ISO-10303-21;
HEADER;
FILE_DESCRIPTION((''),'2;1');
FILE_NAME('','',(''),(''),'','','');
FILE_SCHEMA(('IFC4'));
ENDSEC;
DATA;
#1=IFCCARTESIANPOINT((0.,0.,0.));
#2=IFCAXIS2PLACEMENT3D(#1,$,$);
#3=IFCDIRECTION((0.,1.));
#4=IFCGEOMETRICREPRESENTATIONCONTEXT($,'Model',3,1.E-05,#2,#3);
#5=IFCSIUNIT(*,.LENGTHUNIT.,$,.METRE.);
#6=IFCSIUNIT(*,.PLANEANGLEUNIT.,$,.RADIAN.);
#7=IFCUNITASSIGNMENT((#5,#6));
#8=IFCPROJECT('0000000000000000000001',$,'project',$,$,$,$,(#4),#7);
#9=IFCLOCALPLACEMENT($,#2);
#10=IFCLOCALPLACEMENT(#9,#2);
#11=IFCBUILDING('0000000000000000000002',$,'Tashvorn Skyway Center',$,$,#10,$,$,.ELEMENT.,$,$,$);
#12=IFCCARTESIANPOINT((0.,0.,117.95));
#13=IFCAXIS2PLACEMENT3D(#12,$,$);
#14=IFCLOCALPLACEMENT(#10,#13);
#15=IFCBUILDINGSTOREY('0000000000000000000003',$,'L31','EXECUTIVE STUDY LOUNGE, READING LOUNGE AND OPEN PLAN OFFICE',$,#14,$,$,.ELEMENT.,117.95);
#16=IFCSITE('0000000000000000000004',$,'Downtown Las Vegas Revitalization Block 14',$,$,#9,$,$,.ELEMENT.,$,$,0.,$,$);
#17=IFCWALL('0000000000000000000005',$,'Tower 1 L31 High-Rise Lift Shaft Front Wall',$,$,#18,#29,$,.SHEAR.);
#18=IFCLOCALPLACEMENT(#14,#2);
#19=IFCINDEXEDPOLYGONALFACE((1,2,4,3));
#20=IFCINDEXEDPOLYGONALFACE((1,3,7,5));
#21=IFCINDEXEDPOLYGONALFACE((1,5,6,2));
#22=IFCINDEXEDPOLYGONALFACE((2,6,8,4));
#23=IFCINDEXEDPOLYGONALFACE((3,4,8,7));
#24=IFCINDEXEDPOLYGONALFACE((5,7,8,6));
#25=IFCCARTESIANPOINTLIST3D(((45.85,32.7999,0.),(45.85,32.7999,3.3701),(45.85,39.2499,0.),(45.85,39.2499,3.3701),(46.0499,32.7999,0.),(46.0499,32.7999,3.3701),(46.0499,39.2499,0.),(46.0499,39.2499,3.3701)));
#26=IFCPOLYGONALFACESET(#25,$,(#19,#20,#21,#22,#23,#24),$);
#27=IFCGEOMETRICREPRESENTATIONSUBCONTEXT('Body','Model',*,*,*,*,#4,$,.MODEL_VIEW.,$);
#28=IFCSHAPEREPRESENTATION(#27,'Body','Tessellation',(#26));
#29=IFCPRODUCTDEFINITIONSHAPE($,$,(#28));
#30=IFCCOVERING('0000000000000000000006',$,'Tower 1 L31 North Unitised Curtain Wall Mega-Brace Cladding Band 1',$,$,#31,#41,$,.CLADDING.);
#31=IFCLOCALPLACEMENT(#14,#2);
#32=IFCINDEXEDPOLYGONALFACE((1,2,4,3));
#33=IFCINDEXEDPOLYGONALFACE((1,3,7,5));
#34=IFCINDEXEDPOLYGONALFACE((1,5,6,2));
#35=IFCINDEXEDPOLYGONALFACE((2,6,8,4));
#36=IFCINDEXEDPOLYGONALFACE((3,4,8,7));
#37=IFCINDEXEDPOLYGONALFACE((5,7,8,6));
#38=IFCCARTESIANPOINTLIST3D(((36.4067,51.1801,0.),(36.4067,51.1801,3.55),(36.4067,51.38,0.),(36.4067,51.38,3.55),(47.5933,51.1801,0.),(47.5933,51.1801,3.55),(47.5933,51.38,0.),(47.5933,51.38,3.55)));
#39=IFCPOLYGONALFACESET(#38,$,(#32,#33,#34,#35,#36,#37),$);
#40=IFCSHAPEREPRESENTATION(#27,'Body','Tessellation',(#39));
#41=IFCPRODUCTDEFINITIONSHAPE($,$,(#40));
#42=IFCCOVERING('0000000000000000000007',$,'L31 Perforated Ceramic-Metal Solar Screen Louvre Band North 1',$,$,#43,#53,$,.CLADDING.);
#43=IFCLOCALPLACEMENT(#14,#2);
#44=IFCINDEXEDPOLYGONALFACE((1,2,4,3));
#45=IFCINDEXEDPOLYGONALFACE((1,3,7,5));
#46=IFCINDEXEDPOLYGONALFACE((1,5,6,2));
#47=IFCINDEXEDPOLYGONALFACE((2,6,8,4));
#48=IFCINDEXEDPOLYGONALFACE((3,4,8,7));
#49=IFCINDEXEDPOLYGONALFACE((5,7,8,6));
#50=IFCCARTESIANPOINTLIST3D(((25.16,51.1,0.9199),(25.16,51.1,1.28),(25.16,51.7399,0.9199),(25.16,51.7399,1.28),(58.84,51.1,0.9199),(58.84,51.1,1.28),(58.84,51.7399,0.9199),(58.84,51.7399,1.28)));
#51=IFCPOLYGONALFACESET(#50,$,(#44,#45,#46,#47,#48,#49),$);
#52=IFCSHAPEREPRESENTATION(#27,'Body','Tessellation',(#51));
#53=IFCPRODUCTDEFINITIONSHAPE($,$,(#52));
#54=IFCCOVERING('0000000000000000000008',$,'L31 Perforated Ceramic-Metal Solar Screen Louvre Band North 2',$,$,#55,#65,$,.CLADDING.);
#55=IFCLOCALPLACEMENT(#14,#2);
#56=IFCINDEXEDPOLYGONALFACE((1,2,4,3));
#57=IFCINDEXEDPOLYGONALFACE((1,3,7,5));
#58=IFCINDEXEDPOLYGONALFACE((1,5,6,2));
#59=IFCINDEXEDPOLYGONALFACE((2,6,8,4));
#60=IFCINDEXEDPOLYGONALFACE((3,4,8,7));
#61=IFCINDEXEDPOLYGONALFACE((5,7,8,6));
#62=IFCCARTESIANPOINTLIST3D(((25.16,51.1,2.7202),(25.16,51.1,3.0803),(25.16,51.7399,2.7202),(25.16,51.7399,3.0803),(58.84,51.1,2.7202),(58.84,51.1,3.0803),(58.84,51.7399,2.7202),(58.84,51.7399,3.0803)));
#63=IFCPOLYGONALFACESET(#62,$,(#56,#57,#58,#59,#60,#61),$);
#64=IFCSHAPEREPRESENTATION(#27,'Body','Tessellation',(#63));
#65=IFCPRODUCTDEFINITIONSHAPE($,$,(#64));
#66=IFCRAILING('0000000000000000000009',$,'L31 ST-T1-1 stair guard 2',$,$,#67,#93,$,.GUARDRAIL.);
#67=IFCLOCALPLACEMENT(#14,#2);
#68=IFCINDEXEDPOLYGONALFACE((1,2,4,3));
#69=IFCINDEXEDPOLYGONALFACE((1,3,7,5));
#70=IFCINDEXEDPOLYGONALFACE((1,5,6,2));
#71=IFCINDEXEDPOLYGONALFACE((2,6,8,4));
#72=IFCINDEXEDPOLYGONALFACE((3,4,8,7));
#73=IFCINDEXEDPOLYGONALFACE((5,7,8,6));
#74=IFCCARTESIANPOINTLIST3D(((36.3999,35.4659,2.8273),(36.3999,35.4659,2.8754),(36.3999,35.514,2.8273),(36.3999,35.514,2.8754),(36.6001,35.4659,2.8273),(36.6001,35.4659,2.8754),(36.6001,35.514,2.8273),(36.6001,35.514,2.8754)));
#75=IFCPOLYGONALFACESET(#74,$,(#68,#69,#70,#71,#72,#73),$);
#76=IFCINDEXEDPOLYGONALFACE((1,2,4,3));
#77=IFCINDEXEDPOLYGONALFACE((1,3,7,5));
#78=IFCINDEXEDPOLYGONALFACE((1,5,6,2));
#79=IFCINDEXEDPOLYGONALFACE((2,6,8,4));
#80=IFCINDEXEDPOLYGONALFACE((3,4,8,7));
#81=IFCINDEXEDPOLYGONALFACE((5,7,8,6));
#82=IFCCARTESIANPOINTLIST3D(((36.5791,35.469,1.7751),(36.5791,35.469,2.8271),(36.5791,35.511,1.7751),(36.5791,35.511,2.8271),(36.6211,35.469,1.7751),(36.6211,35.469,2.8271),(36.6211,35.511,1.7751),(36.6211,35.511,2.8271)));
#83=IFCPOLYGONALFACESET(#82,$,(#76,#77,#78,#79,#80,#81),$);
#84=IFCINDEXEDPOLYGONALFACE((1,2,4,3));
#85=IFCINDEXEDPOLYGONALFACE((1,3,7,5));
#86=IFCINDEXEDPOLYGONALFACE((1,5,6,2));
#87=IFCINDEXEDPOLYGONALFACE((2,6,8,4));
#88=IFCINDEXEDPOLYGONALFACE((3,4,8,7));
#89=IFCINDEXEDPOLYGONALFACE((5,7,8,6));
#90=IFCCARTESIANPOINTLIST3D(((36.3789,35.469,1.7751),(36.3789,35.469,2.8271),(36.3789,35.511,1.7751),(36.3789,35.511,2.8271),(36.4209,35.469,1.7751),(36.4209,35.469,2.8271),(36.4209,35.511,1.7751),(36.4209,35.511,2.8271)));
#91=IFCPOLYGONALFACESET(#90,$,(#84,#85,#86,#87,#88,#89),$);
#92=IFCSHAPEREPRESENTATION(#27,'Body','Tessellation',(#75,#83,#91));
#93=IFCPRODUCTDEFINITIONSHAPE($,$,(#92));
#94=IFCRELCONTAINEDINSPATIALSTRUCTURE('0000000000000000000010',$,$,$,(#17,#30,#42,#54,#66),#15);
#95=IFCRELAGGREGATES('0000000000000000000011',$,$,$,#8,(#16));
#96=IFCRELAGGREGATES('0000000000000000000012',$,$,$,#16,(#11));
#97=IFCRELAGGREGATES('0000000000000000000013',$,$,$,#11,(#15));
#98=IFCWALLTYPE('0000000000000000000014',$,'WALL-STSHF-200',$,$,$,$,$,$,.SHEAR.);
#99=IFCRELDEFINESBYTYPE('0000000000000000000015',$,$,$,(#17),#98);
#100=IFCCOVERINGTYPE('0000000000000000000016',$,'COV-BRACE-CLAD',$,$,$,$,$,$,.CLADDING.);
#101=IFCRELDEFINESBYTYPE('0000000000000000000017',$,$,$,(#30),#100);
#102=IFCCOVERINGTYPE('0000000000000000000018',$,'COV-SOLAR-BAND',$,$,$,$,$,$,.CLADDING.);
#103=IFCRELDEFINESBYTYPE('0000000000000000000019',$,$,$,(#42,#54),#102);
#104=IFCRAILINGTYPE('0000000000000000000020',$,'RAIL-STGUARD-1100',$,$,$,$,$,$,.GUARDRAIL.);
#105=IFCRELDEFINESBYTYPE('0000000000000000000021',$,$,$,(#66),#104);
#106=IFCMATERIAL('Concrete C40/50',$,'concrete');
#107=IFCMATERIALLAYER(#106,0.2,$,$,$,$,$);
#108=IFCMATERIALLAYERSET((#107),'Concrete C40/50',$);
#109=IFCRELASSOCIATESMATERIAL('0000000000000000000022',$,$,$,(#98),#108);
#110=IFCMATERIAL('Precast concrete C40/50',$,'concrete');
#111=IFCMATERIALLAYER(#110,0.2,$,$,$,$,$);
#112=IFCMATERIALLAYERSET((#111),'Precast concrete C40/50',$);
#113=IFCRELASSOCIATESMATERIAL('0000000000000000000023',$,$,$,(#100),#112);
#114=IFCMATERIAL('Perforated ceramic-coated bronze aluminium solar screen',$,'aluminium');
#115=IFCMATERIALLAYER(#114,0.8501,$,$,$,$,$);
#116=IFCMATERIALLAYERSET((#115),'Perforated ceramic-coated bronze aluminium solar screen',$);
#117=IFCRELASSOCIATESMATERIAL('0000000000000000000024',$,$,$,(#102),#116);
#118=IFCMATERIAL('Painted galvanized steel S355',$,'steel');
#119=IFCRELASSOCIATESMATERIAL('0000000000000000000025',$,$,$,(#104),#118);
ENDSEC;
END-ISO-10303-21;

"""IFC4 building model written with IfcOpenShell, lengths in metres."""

from ifc_helpers import new_model, si_unit, direction, frame, frame_2d, origin, origin_2d, place, context, subcontext, project, spatial, rectangle, extrude, material, layer, layer_set, type_object, element, save


model = new_model("IFC4")

# Units and contexts
model_context = context("Model", 3, precision=1e-05, world=origin(), true_north=direction((0.0, 1.0)))
body_context = subcontext(model_context, "Body", "Model", "MODEL_VIEW")
ifc_project = project(units=[si_unit("LENGTHUNIT", "METRE"), si_unit("PLANEANGLEUNIT", "RADIAN")], contexts=[model_context])

# Site, building, storey
site_placement = place(None, origin())
site = spatial("IfcSite", under=ifc_project, at=site_placement, Name="Downtown Las Vegas Revitalization Block 14", CompositionType="ELEMENT", RefElevation=0.0)
building_placement = place(site_placement, origin())
building = spatial("IfcBuilding", under=site, at=building_placement, Name="Tashvorn Skyway Center", CompositionType="ELEMENT")
storey_placement = place(building_placement, frame((0.0, 0.0, 117.95)))
storey = spatial("IfcBuildingStorey", under=building, at=storey_placement, Name="L31", Description="EXECUTIVE STUDY LOUNGE, READING LOUNGE AND OPEN PLAN OFFICE", CompositionType="ELEMENT", Elevation=117.95)

# Wall
ifc_material_1 = material(Name="Concrete C40/50", Category="concrete")
ifc_layer_1 = layer(ifc_material_1, 0.2)
ifc_layer_set_1 = layer_set([ifc_layer_1], Name="Concrete C40/50")
wall_type_1 = type_object("IfcWallType", Name="WALL-STSHF-200", PredefinedType="SHEAR", material=ifc_layer_set_1)
wall_1_placement = place(storey_placement, frame((45.95, 39.25, 0.0), z_axis=(0.0, 0.0, 1.0), x_axis=(0.0, -1.0, 0.0)))
element("IfcWall", 1, at=wall_1_placement, inside=storey, type_object=wall_type_1, Name="Tower 1 L31 High-Rise Lift Shaft Front Wall", PredefinedType="SHEAR", context=body_context, shape_type="SweptSolid", body=[
    extrude(rectangle(XDim=6.45, YDim=0.2, at=frame_2d((3.2251, 0.0))), origin(), (0.0, 0.0, 1.0), 3.3701),
])

# Coverings
ifc_material_2 = material(Name="Precast concrete C40/50", Category="concrete")
ifc_layer_2 = layer(ifc_material_2, 0.2)
ifc_layer_set_2 = layer_set([ifc_layer_2], Name="Precast concrete C40/50")
covering_type_1 = type_object("IfcCoveringType", Name="COV-BRACE-CLAD", PredefinedType="CLADDING", material=ifc_layer_set_2)
covering_placement = place(storey_placement, frame((42.0, 51.28, 0.0), z_axis=(0.0, 0.0, 1.0), x_axis=(1.0, 0.0, 0.0)))
element("IfcCovering", 2, at=covering_placement, inside=storey, type_object=covering_type_1, Name="Tower 1 L31 North Unitised Curtain Wall Mega-Brace Cladding Band 1", PredefinedType="CLADDING", context=body_context, shape_type="SweptSolid", body=[
    extrude(rectangle(XDim=11.1865, YDim=0.2, at=origin_2d()), origin(), (0.0, 0.0, 1.0), 3.55),
])
ifc_material_3 = material(Name="Perforated ceramic-coated bronze aluminium solar screen", Category="aluminium")
ifc_layer_3 = layer(ifc_material_3, 0.8501)
ifc_layer_set_3 = layer_set([ifc_layer_3], Name="Perforated ceramic-coated bronze aluminium solar screen")
covering_type_2 = type_object("IfcCoveringType", Name="COV-SOLAR-BAND", PredefinedType="CLADDING", material=ifc_layer_set_3)
for number, where, z_axis, x_axis, name in (
    (3, (42.0, 51.4199, 0.9199), (0.0, 0.0, 1.0), (1.0, 0.0, 0.0), "L31 Perforated Ceramic-Metal Solar Screen Louvre Band North 1"),
    (4, (42.0, 51.4199, 2.7202), (0.0, 0.0, 1.0), (1.0, 0.0, 0.0), "L31 Perforated Ceramic-Metal Solar Screen Louvre Band North 2"),
):
    element("IfcCovering", number, at=place(storey_placement, frame(where, z_axis=z_axis, x_axis=x_axis)), inside=storey, type_object=covering_type_2, Name=name, PredefinedType="CLADDING", context=body_context, shape_type="SweptSolid", body=[
        extrude(rectangle(XDim=33.6799, YDim=0.6399, at=origin_2d()), origin(), (0.0, 0.0, 1.0), 0.3601),
    ])

# Railing
ifc_material_4 = material(Name="Painted galvanized steel S355", Category="steel")
railing_type = type_object("IfcRailingType", Name="RAIL-STGUARD-1100", PredefinedType="GUARDRAIL", material=ifc_material_4)
railing_placement = place(storey_placement, frame((36.6001, 35.49, 1.7751)))
element("IfcRailing", 5, at=railing_placement, inside=storey, type_object=railing_type, Name="L31 ST-T1-1 stair guard 2", PredefinedType="GUARDRAIL", context=body_context, shape_type="SweptSolid", body=[
    extrude(rectangle(XDim=0.0481, YDim=0.0481, at=origin_2d()), frame((0.0, 0.0, 1.0762), z_axis=(-1.0, 0.0, 0.0), x_axis=(0.0, -1.0, 0.0)), (0.0, 0.0, 1.0), 0.2002),
    extrude(rectangle(XDim=0.042, YDim=0.042, at=origin_2d()), origin(), (0.0, 0.0, 1.0), 1.052),
    extrude(rectangle(XDim=0.042, YDim=0.042, at=origin_2d()), frame((-0.2002, 0.0, 0.0)), (0.0, 0.0, 1.0), 1.052),
])

save(model, "model.ifc")
